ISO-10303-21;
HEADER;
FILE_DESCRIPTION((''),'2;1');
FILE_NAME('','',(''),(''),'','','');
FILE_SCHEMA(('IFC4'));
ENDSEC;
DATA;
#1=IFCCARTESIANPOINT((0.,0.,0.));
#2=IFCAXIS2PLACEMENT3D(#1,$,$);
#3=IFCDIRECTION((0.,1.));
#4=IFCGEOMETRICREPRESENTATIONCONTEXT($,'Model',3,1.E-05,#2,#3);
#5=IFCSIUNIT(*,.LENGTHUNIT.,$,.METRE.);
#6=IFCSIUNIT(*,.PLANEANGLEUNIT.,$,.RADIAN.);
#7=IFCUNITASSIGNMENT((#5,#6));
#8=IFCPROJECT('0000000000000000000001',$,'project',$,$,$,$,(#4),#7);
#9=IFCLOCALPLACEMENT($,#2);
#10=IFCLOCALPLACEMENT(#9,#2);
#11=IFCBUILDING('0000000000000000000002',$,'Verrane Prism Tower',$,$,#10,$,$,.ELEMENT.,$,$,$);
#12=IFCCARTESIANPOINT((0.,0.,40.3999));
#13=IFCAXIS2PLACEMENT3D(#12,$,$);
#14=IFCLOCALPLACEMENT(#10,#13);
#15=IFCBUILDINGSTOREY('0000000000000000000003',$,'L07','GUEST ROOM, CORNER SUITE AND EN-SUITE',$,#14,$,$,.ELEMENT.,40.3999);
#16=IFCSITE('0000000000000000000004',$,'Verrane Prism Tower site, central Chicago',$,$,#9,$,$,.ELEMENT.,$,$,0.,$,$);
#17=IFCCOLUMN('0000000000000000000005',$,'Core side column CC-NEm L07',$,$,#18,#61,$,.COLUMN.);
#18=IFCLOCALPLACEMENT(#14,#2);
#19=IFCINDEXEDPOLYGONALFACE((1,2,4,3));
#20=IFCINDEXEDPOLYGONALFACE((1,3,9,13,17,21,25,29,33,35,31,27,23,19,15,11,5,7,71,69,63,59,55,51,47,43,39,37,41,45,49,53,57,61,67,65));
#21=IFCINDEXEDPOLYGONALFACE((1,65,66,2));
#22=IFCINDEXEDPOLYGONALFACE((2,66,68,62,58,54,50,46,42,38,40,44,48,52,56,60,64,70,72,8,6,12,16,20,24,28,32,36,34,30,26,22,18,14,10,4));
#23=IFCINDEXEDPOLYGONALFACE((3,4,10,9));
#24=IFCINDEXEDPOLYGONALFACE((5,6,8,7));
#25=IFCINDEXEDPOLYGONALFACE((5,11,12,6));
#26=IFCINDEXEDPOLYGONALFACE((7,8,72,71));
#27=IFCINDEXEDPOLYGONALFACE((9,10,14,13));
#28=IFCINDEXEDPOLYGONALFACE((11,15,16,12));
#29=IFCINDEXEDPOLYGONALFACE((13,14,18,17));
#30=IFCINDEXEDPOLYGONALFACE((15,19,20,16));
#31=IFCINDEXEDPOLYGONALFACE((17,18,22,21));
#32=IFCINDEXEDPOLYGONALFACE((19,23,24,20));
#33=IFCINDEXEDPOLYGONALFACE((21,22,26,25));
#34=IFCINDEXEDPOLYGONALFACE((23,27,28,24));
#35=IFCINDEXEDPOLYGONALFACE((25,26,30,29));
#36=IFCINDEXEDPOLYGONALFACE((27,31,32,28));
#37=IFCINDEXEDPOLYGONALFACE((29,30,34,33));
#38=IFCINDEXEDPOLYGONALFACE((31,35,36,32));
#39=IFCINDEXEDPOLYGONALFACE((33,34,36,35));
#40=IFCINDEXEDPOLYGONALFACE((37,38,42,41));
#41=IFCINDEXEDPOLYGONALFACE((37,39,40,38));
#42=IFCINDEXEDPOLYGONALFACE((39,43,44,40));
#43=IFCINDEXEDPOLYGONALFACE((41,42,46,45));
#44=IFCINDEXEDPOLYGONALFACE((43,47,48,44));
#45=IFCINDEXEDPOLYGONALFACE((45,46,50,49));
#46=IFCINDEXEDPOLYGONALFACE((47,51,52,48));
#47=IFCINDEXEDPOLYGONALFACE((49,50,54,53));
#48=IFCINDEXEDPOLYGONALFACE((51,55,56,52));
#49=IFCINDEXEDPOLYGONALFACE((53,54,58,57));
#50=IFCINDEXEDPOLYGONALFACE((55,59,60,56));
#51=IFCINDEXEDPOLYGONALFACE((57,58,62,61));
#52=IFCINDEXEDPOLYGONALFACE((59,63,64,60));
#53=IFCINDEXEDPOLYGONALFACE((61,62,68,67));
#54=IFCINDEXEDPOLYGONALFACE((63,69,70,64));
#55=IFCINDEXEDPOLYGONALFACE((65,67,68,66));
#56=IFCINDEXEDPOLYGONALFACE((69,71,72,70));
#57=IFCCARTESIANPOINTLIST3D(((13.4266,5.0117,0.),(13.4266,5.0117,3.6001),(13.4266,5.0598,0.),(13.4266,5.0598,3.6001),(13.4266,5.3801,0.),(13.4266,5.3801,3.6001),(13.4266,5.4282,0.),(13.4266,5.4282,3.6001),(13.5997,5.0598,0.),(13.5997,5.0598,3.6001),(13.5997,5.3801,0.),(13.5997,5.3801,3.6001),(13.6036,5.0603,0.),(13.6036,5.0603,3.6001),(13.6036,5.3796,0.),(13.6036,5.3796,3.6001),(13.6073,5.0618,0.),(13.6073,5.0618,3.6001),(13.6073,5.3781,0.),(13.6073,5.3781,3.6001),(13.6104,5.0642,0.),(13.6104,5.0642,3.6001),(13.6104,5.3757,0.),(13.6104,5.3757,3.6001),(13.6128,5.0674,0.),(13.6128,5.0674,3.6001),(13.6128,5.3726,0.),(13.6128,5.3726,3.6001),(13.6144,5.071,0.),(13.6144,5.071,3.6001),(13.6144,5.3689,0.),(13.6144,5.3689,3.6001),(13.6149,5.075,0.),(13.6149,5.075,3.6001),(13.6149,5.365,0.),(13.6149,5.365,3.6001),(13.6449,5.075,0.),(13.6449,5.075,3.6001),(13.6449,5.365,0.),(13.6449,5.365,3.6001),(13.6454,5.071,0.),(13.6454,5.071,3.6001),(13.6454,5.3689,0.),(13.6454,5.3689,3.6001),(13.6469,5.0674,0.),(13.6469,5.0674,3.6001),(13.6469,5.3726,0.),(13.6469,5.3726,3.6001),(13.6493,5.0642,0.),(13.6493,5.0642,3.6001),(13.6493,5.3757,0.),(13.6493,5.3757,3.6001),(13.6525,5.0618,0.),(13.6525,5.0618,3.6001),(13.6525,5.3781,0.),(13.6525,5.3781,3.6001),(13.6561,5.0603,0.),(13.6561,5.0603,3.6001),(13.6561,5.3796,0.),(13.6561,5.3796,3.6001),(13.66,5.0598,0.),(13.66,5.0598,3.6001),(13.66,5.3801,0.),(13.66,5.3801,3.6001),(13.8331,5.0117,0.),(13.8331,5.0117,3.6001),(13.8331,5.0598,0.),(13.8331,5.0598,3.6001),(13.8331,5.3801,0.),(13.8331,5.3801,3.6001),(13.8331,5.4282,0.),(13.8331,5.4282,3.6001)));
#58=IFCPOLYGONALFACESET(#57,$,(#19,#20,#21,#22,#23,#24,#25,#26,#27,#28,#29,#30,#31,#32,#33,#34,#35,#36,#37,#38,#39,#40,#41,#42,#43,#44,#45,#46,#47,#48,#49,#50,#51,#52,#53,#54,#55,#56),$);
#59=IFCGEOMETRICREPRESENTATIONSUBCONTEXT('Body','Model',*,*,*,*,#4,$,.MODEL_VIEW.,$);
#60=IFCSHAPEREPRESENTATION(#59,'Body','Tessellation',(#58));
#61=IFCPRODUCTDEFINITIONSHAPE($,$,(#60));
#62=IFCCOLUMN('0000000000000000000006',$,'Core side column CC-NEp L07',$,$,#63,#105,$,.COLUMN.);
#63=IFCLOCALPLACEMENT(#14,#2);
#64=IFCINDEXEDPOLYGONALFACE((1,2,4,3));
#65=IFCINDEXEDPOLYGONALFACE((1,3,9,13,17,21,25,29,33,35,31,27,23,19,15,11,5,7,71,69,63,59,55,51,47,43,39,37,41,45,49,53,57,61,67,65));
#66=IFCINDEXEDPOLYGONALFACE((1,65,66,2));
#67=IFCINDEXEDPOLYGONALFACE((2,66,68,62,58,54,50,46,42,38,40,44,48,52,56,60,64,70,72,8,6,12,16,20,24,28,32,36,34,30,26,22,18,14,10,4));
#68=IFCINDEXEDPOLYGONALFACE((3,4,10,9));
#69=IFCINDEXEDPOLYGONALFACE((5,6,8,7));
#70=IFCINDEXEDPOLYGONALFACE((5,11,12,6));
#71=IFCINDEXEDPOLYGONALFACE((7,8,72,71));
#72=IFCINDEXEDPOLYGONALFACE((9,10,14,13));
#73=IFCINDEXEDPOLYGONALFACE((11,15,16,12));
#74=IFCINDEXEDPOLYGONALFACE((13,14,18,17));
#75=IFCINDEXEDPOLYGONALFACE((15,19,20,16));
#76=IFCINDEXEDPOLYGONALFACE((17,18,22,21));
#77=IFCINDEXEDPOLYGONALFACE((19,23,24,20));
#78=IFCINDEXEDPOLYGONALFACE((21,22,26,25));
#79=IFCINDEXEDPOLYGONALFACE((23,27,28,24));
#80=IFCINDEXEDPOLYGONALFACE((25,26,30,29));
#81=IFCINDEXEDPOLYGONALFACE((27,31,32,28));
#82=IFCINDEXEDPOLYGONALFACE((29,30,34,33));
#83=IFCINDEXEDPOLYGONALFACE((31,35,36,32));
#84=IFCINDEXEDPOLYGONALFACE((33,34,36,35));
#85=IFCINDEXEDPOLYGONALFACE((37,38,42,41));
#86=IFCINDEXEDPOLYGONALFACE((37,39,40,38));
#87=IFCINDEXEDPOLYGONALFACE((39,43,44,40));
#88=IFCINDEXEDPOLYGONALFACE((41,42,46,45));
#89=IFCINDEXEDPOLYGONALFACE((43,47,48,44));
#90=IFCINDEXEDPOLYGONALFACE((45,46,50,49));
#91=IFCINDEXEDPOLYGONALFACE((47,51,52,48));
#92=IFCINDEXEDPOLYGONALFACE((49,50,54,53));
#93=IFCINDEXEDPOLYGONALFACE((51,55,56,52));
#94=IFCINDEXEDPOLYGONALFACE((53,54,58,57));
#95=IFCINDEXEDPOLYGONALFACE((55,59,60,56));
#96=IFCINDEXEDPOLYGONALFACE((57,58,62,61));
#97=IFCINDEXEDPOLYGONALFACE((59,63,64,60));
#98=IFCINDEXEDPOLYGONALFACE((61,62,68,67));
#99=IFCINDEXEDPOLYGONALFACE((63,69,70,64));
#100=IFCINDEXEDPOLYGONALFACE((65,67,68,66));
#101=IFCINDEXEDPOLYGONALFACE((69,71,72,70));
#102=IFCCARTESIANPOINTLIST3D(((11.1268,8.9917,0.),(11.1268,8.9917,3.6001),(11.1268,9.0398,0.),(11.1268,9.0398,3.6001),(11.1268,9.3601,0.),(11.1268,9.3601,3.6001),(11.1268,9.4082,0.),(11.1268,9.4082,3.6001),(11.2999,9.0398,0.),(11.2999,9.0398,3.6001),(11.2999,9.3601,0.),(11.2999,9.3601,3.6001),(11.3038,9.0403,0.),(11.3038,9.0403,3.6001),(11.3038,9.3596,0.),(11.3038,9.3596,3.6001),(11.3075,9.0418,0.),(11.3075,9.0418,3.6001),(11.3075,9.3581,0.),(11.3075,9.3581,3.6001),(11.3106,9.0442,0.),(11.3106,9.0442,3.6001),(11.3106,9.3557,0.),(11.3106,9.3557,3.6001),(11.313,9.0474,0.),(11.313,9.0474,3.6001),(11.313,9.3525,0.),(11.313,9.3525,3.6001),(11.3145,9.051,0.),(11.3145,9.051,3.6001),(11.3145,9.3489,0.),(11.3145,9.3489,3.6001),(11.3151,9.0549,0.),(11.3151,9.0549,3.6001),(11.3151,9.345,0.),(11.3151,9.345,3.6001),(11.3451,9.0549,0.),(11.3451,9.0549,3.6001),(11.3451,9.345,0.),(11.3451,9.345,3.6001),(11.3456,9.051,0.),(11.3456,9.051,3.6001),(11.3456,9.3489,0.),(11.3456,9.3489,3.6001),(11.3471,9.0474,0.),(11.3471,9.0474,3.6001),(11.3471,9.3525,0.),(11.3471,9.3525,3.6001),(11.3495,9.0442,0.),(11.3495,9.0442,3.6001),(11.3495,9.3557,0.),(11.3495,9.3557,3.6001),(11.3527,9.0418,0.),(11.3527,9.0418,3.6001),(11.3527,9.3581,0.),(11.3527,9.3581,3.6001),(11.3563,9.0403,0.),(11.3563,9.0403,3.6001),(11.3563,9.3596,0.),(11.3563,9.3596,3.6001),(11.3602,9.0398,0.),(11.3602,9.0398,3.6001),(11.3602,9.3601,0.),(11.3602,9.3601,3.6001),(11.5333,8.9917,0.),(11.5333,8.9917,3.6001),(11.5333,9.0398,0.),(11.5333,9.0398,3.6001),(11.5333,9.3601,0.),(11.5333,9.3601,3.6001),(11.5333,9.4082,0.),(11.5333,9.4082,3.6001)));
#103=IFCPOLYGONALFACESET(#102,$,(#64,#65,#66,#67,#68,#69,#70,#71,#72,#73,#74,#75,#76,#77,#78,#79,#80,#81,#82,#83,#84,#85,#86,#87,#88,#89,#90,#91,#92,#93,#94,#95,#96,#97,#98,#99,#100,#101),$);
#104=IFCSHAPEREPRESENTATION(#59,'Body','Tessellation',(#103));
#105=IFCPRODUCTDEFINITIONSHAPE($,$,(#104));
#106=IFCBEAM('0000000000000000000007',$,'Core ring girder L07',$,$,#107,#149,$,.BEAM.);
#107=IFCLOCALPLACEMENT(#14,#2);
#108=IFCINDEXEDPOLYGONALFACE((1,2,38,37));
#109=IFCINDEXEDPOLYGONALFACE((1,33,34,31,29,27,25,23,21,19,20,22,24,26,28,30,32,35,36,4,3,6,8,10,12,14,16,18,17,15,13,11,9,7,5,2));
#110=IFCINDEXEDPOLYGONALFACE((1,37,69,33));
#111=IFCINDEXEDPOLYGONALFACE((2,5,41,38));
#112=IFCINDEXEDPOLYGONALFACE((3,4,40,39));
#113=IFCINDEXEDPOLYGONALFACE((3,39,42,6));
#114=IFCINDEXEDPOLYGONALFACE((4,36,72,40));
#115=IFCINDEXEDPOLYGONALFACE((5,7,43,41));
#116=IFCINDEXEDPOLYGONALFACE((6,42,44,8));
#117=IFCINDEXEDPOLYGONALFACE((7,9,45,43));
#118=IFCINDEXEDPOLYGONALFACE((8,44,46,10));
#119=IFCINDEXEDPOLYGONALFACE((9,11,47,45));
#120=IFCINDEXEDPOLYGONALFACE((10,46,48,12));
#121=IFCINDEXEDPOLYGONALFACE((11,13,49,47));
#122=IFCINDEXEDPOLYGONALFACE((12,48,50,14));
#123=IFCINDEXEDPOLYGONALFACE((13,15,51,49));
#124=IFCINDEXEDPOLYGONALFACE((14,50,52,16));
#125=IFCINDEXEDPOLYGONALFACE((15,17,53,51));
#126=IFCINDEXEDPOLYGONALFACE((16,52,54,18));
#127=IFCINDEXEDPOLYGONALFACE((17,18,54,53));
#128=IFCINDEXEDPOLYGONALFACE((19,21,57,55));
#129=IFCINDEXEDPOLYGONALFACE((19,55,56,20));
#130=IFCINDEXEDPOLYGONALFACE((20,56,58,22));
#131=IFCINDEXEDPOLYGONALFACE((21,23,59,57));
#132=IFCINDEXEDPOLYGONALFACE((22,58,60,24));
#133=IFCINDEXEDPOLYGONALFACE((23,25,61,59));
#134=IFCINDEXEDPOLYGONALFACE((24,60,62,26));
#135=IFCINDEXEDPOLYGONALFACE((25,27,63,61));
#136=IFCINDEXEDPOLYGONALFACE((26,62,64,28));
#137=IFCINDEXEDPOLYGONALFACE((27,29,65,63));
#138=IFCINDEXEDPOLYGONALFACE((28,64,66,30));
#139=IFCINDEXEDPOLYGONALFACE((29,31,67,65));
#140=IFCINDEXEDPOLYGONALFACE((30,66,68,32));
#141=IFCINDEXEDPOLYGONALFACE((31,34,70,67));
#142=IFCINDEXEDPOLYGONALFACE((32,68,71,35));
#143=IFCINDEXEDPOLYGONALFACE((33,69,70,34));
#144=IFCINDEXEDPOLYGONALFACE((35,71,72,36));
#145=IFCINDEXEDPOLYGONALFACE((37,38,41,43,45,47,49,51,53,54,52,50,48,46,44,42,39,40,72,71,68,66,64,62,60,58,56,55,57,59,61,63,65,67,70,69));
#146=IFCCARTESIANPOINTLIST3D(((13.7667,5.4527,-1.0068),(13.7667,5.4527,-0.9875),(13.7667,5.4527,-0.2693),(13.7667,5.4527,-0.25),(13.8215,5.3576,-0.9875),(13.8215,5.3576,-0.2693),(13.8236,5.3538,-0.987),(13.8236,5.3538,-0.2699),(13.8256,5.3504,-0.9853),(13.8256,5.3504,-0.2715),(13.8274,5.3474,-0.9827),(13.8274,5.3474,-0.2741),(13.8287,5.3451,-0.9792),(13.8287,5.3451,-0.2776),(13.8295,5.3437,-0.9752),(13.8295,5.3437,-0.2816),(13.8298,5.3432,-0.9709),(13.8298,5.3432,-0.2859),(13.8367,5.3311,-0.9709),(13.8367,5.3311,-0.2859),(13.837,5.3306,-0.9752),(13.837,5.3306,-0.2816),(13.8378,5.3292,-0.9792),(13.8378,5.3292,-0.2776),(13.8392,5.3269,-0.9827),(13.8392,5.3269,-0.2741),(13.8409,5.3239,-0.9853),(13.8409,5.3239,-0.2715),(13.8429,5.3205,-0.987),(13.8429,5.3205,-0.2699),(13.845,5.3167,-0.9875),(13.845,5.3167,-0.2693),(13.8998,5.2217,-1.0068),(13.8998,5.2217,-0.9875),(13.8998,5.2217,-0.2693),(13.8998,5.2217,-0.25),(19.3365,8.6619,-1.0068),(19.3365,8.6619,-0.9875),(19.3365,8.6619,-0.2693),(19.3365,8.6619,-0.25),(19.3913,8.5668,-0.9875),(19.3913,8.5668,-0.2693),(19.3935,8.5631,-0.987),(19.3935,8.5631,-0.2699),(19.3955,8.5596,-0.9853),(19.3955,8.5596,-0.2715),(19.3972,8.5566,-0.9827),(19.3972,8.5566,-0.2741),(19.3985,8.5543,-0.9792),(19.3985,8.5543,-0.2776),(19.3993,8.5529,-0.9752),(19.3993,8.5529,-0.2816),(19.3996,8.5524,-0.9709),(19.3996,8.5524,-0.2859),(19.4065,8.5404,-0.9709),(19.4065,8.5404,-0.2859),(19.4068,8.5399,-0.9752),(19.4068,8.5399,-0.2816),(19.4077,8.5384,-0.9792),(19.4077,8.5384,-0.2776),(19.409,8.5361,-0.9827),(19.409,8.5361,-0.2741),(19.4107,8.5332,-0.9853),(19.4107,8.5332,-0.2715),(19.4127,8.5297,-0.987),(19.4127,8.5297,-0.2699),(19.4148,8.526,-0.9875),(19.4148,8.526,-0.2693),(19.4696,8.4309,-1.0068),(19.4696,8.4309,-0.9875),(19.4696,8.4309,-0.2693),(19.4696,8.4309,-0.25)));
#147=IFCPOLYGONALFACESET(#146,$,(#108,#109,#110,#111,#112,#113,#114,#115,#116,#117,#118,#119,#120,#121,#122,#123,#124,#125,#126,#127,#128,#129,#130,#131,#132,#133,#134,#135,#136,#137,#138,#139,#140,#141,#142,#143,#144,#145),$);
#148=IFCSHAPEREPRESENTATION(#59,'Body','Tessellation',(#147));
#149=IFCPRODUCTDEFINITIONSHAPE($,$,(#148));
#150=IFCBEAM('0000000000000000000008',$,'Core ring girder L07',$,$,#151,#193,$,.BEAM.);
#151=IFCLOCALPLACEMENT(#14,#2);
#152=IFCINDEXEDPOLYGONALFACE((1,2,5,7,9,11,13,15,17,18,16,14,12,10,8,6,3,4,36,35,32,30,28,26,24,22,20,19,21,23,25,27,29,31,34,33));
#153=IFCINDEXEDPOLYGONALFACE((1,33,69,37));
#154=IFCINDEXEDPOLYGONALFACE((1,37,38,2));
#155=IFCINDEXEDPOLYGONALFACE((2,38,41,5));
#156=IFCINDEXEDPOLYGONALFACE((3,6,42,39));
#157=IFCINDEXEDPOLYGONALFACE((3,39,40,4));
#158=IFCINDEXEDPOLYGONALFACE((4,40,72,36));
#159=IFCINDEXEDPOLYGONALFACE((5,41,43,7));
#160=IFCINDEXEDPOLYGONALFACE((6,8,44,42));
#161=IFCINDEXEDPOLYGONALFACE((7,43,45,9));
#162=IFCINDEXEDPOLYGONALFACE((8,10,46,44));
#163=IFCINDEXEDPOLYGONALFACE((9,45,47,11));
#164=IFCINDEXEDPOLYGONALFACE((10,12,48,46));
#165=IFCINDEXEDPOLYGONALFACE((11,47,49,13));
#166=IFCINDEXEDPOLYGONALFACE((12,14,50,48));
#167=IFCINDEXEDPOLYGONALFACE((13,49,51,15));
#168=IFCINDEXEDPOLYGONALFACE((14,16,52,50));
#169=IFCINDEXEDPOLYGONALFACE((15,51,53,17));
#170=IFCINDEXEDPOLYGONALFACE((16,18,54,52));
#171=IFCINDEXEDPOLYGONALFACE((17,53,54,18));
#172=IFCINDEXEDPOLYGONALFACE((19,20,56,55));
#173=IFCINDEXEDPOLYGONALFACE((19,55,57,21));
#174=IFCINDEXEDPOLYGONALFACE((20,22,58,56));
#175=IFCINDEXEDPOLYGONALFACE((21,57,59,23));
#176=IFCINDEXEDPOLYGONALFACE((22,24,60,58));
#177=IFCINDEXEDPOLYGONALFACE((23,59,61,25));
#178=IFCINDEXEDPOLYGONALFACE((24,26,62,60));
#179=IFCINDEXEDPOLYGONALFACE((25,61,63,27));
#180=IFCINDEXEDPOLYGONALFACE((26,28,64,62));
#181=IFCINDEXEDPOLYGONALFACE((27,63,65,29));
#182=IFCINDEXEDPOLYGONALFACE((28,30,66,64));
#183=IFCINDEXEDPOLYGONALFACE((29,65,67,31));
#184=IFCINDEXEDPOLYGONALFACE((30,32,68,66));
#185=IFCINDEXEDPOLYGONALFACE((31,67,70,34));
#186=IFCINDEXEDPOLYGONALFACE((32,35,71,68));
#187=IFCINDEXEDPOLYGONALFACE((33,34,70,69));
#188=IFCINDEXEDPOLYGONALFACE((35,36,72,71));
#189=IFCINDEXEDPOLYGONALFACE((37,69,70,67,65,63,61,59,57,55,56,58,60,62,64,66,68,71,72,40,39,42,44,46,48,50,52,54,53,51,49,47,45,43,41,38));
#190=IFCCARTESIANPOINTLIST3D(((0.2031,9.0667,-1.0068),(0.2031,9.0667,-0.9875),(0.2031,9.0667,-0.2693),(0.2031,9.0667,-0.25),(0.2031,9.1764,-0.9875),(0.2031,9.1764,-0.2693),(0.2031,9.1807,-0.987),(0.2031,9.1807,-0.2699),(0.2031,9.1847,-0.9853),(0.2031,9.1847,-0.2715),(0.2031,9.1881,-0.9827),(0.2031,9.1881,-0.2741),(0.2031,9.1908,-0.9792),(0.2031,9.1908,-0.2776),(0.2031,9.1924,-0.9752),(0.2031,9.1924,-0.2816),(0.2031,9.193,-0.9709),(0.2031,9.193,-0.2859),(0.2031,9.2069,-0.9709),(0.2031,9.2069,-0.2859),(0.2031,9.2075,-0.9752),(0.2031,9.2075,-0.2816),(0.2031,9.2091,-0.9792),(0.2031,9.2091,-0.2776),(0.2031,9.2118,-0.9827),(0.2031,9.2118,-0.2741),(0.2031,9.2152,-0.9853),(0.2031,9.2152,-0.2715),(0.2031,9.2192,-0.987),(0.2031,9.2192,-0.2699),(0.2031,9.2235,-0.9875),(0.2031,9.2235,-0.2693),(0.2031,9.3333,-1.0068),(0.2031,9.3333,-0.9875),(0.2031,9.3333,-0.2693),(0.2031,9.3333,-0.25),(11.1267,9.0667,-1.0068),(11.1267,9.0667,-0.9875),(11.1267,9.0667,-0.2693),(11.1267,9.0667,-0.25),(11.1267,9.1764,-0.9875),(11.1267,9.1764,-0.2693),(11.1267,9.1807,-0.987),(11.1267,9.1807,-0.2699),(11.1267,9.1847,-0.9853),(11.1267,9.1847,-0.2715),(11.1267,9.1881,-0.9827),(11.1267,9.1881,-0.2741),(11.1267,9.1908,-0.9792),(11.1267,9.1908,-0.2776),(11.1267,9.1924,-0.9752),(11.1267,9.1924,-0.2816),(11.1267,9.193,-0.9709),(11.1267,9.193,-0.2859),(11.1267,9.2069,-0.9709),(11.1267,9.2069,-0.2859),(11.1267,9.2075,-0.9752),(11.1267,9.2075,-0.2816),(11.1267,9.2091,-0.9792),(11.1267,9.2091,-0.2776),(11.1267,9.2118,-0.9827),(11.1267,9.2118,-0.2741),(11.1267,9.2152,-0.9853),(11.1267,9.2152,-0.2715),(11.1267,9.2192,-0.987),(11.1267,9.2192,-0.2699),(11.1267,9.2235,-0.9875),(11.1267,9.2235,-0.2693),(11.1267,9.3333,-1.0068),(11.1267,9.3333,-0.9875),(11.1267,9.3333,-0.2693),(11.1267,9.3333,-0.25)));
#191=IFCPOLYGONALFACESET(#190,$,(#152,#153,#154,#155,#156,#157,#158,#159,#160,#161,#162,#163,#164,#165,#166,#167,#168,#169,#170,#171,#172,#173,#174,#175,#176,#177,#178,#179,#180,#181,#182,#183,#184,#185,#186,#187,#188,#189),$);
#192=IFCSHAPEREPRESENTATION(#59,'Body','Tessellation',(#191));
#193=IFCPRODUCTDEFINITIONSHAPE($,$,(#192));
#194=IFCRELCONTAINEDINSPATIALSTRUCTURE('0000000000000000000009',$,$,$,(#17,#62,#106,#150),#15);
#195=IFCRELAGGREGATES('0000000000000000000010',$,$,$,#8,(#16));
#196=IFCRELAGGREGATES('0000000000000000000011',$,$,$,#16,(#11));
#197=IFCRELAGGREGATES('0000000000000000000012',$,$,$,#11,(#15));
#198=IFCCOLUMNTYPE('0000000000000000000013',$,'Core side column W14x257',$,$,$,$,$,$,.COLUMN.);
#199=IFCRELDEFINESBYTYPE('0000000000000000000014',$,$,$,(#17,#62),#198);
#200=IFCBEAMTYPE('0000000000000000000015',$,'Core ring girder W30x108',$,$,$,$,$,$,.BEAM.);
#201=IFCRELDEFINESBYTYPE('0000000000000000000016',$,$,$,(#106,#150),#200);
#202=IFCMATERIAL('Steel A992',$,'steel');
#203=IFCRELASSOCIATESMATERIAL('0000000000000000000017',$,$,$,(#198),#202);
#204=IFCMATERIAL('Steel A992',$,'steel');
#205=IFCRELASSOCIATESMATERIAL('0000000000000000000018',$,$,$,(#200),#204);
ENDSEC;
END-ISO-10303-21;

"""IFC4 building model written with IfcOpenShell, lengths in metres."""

from ifc_helpers import new_model, si_unit, direction, frame, origin, origin_2d, place, context, subcontext, project, spatial, i_section, extrude, material, material_profile, profile_set, type_object, element, save


model = new_model("IFC4")

# Units and contexts
model_context = context("Model", 3, precision=1e-05, world=origin(), true_north=direction((0.0, 1.0)))
body_context = subcontext(model_context, "Body", "Model", "MODEL_VIEW")
ifc_project = project(units=[si_unit("LENGTHUNIT", "METRE"), si_unit("PLANEANGLEUNIT", "RADIAN")], contexts=[model_context])

# Site, building, storey
site_placement = place(None, origin())
site = spatial("IfcSite", under=ifc_project, at=site_placement, Name="Verrane Prism Tower site, central Chicago", CompositionType="ELEMENT", RefElevation=0.0)
building_placement = place(site_placement, origin())
building = spatial("IfcBuilding", under=site, at=building_placement, Name="Verrane Prism Tower", CompositionType="ELEMENT")
storey_placement = place(building_placement, frame((0.0, 0.0, 40.3999)))
storey = spatial("IfcBuildingStorey", under=building, at=storey_placement, Name="L07", Description="GUEST ROOM, CORNER SUITE AND EN-SUITE", CompositionType="ELEMENT", Elevation=40.3999)

# Columns
ifc_material_1 = material(Name="Steel A992", Category="steel")
ifc_material_profile_1 = material_profile(ifc_material_1, i_section(OverallWidth=0.4065, OverallDepth=0.4165, WebThickness=0.03, FlangeThickness=0.0481, FilletRadius=0.0151, at=origin_2d()), Name="W14x257")
ifc_profile_set_1 = profile_set([ifc_material_profile_1], Name="Steel A992")
column_type = type_object("IfcColumnType", Name="Core side column W14x257", PredefinedType="COLUMN", material=ifc_profile_set_1)
for number, where, z_axis, x_axis, name in (
    (1, (13.6299, 5.22, 0.0), (0.0, 0.0, 1.0), (1.0, 0.0, 0.0), "Core side column CC-NEm L07"),
    (2, (11.3301, 9.2, 0.0), (0.0, 0.0, 1.0), (1.0, 0.0, 0.0), "Core side column CC-NEp L07"),
):
    element("IfcColumn", number, at=place(storey_placement, frame(where, z_axis=z_axis, x_axis=x_axis)), inside=storey, type_object=column_type, Name=name, PredefinedType="COLUMN", context=body_context, shape_type="SweptSolid", body=[
        extrude(i_section(OverallWidth=0.4065, OverallDepth=0.4165, WebThickness=0.03, FlangeThickness=0.0481, FilletRadius=0.0151, at=origin_2d()), origin(), (0.0, 0.0, 1.0), 3.6001),
    ])

# Beams
ifc_material_2 = material(Name="Steel A992", Category="steel")
ifc_material_profile_2 = material_profile(ifc_material_2, i_section(OverallWidth=0.2666, OverallDepth=0.7568, WebThickness=0.0139, FlangeThickness=0.0193, FilletRadius=0.0166, at=origin_2d()), Name="W30x108")
ifc_profile_set_2 = profile_set([ifc_material_profile_2], Name="Steel A992")
beam_type = type_object("IfcBeamType", Name="Core ring girder W30x108", PredefinedType="BEAM", material=ifc_profile_set_2)
beam_1_placement = place(storey_placement, frame((13.8333, 5.3372, -0.6284), z_axis=(0.866464, 0.49924, 0.0), x_axis=(-0.49924, 0.866464, 0.0)))
element("IfcBeam", 3, at=beam_1_placement, inside=storey, type_object=beam_type, Name="Core ring girder L07", PredefinedType="BEAM", context=body_context, shape_type="SweptSolid", body=[
    extrude(i_section(OverallWidth=0.2666, OverallDepth=0.7568, WebThickness=0.0139, FlangeThickness=0.0193, FilletRadius=0.0166, at=origin_2d()), origin(), (0.0, 0.0, 1.0), 6.4282),
])
beam_2_placement = place(storey_placement, frame((11.1267, 9.2, -0.6284), z_axis=(-1.0, 0.0, 0.0), x_axis=(0.0, -1.0, 0.0)))
element("IfcBeam", 4, at=beam_2_placement, inside=storey, type_object=beam_type, Name="Core ring girder L07", PredefinedType="BEAM", context=body_context, shape_type="SweptSolid", body=[
    extrude(i_section(OverallWidth=0.2666, OverallDepth=0.7568, WebThickness=0.0139, FlangeThickness=0.0193, FilletRadius=0.0166, at=origin_2d()), origin(), (0.0, 0.0, 1.0), 10.9236),
])

save(model, "model.ifc")
